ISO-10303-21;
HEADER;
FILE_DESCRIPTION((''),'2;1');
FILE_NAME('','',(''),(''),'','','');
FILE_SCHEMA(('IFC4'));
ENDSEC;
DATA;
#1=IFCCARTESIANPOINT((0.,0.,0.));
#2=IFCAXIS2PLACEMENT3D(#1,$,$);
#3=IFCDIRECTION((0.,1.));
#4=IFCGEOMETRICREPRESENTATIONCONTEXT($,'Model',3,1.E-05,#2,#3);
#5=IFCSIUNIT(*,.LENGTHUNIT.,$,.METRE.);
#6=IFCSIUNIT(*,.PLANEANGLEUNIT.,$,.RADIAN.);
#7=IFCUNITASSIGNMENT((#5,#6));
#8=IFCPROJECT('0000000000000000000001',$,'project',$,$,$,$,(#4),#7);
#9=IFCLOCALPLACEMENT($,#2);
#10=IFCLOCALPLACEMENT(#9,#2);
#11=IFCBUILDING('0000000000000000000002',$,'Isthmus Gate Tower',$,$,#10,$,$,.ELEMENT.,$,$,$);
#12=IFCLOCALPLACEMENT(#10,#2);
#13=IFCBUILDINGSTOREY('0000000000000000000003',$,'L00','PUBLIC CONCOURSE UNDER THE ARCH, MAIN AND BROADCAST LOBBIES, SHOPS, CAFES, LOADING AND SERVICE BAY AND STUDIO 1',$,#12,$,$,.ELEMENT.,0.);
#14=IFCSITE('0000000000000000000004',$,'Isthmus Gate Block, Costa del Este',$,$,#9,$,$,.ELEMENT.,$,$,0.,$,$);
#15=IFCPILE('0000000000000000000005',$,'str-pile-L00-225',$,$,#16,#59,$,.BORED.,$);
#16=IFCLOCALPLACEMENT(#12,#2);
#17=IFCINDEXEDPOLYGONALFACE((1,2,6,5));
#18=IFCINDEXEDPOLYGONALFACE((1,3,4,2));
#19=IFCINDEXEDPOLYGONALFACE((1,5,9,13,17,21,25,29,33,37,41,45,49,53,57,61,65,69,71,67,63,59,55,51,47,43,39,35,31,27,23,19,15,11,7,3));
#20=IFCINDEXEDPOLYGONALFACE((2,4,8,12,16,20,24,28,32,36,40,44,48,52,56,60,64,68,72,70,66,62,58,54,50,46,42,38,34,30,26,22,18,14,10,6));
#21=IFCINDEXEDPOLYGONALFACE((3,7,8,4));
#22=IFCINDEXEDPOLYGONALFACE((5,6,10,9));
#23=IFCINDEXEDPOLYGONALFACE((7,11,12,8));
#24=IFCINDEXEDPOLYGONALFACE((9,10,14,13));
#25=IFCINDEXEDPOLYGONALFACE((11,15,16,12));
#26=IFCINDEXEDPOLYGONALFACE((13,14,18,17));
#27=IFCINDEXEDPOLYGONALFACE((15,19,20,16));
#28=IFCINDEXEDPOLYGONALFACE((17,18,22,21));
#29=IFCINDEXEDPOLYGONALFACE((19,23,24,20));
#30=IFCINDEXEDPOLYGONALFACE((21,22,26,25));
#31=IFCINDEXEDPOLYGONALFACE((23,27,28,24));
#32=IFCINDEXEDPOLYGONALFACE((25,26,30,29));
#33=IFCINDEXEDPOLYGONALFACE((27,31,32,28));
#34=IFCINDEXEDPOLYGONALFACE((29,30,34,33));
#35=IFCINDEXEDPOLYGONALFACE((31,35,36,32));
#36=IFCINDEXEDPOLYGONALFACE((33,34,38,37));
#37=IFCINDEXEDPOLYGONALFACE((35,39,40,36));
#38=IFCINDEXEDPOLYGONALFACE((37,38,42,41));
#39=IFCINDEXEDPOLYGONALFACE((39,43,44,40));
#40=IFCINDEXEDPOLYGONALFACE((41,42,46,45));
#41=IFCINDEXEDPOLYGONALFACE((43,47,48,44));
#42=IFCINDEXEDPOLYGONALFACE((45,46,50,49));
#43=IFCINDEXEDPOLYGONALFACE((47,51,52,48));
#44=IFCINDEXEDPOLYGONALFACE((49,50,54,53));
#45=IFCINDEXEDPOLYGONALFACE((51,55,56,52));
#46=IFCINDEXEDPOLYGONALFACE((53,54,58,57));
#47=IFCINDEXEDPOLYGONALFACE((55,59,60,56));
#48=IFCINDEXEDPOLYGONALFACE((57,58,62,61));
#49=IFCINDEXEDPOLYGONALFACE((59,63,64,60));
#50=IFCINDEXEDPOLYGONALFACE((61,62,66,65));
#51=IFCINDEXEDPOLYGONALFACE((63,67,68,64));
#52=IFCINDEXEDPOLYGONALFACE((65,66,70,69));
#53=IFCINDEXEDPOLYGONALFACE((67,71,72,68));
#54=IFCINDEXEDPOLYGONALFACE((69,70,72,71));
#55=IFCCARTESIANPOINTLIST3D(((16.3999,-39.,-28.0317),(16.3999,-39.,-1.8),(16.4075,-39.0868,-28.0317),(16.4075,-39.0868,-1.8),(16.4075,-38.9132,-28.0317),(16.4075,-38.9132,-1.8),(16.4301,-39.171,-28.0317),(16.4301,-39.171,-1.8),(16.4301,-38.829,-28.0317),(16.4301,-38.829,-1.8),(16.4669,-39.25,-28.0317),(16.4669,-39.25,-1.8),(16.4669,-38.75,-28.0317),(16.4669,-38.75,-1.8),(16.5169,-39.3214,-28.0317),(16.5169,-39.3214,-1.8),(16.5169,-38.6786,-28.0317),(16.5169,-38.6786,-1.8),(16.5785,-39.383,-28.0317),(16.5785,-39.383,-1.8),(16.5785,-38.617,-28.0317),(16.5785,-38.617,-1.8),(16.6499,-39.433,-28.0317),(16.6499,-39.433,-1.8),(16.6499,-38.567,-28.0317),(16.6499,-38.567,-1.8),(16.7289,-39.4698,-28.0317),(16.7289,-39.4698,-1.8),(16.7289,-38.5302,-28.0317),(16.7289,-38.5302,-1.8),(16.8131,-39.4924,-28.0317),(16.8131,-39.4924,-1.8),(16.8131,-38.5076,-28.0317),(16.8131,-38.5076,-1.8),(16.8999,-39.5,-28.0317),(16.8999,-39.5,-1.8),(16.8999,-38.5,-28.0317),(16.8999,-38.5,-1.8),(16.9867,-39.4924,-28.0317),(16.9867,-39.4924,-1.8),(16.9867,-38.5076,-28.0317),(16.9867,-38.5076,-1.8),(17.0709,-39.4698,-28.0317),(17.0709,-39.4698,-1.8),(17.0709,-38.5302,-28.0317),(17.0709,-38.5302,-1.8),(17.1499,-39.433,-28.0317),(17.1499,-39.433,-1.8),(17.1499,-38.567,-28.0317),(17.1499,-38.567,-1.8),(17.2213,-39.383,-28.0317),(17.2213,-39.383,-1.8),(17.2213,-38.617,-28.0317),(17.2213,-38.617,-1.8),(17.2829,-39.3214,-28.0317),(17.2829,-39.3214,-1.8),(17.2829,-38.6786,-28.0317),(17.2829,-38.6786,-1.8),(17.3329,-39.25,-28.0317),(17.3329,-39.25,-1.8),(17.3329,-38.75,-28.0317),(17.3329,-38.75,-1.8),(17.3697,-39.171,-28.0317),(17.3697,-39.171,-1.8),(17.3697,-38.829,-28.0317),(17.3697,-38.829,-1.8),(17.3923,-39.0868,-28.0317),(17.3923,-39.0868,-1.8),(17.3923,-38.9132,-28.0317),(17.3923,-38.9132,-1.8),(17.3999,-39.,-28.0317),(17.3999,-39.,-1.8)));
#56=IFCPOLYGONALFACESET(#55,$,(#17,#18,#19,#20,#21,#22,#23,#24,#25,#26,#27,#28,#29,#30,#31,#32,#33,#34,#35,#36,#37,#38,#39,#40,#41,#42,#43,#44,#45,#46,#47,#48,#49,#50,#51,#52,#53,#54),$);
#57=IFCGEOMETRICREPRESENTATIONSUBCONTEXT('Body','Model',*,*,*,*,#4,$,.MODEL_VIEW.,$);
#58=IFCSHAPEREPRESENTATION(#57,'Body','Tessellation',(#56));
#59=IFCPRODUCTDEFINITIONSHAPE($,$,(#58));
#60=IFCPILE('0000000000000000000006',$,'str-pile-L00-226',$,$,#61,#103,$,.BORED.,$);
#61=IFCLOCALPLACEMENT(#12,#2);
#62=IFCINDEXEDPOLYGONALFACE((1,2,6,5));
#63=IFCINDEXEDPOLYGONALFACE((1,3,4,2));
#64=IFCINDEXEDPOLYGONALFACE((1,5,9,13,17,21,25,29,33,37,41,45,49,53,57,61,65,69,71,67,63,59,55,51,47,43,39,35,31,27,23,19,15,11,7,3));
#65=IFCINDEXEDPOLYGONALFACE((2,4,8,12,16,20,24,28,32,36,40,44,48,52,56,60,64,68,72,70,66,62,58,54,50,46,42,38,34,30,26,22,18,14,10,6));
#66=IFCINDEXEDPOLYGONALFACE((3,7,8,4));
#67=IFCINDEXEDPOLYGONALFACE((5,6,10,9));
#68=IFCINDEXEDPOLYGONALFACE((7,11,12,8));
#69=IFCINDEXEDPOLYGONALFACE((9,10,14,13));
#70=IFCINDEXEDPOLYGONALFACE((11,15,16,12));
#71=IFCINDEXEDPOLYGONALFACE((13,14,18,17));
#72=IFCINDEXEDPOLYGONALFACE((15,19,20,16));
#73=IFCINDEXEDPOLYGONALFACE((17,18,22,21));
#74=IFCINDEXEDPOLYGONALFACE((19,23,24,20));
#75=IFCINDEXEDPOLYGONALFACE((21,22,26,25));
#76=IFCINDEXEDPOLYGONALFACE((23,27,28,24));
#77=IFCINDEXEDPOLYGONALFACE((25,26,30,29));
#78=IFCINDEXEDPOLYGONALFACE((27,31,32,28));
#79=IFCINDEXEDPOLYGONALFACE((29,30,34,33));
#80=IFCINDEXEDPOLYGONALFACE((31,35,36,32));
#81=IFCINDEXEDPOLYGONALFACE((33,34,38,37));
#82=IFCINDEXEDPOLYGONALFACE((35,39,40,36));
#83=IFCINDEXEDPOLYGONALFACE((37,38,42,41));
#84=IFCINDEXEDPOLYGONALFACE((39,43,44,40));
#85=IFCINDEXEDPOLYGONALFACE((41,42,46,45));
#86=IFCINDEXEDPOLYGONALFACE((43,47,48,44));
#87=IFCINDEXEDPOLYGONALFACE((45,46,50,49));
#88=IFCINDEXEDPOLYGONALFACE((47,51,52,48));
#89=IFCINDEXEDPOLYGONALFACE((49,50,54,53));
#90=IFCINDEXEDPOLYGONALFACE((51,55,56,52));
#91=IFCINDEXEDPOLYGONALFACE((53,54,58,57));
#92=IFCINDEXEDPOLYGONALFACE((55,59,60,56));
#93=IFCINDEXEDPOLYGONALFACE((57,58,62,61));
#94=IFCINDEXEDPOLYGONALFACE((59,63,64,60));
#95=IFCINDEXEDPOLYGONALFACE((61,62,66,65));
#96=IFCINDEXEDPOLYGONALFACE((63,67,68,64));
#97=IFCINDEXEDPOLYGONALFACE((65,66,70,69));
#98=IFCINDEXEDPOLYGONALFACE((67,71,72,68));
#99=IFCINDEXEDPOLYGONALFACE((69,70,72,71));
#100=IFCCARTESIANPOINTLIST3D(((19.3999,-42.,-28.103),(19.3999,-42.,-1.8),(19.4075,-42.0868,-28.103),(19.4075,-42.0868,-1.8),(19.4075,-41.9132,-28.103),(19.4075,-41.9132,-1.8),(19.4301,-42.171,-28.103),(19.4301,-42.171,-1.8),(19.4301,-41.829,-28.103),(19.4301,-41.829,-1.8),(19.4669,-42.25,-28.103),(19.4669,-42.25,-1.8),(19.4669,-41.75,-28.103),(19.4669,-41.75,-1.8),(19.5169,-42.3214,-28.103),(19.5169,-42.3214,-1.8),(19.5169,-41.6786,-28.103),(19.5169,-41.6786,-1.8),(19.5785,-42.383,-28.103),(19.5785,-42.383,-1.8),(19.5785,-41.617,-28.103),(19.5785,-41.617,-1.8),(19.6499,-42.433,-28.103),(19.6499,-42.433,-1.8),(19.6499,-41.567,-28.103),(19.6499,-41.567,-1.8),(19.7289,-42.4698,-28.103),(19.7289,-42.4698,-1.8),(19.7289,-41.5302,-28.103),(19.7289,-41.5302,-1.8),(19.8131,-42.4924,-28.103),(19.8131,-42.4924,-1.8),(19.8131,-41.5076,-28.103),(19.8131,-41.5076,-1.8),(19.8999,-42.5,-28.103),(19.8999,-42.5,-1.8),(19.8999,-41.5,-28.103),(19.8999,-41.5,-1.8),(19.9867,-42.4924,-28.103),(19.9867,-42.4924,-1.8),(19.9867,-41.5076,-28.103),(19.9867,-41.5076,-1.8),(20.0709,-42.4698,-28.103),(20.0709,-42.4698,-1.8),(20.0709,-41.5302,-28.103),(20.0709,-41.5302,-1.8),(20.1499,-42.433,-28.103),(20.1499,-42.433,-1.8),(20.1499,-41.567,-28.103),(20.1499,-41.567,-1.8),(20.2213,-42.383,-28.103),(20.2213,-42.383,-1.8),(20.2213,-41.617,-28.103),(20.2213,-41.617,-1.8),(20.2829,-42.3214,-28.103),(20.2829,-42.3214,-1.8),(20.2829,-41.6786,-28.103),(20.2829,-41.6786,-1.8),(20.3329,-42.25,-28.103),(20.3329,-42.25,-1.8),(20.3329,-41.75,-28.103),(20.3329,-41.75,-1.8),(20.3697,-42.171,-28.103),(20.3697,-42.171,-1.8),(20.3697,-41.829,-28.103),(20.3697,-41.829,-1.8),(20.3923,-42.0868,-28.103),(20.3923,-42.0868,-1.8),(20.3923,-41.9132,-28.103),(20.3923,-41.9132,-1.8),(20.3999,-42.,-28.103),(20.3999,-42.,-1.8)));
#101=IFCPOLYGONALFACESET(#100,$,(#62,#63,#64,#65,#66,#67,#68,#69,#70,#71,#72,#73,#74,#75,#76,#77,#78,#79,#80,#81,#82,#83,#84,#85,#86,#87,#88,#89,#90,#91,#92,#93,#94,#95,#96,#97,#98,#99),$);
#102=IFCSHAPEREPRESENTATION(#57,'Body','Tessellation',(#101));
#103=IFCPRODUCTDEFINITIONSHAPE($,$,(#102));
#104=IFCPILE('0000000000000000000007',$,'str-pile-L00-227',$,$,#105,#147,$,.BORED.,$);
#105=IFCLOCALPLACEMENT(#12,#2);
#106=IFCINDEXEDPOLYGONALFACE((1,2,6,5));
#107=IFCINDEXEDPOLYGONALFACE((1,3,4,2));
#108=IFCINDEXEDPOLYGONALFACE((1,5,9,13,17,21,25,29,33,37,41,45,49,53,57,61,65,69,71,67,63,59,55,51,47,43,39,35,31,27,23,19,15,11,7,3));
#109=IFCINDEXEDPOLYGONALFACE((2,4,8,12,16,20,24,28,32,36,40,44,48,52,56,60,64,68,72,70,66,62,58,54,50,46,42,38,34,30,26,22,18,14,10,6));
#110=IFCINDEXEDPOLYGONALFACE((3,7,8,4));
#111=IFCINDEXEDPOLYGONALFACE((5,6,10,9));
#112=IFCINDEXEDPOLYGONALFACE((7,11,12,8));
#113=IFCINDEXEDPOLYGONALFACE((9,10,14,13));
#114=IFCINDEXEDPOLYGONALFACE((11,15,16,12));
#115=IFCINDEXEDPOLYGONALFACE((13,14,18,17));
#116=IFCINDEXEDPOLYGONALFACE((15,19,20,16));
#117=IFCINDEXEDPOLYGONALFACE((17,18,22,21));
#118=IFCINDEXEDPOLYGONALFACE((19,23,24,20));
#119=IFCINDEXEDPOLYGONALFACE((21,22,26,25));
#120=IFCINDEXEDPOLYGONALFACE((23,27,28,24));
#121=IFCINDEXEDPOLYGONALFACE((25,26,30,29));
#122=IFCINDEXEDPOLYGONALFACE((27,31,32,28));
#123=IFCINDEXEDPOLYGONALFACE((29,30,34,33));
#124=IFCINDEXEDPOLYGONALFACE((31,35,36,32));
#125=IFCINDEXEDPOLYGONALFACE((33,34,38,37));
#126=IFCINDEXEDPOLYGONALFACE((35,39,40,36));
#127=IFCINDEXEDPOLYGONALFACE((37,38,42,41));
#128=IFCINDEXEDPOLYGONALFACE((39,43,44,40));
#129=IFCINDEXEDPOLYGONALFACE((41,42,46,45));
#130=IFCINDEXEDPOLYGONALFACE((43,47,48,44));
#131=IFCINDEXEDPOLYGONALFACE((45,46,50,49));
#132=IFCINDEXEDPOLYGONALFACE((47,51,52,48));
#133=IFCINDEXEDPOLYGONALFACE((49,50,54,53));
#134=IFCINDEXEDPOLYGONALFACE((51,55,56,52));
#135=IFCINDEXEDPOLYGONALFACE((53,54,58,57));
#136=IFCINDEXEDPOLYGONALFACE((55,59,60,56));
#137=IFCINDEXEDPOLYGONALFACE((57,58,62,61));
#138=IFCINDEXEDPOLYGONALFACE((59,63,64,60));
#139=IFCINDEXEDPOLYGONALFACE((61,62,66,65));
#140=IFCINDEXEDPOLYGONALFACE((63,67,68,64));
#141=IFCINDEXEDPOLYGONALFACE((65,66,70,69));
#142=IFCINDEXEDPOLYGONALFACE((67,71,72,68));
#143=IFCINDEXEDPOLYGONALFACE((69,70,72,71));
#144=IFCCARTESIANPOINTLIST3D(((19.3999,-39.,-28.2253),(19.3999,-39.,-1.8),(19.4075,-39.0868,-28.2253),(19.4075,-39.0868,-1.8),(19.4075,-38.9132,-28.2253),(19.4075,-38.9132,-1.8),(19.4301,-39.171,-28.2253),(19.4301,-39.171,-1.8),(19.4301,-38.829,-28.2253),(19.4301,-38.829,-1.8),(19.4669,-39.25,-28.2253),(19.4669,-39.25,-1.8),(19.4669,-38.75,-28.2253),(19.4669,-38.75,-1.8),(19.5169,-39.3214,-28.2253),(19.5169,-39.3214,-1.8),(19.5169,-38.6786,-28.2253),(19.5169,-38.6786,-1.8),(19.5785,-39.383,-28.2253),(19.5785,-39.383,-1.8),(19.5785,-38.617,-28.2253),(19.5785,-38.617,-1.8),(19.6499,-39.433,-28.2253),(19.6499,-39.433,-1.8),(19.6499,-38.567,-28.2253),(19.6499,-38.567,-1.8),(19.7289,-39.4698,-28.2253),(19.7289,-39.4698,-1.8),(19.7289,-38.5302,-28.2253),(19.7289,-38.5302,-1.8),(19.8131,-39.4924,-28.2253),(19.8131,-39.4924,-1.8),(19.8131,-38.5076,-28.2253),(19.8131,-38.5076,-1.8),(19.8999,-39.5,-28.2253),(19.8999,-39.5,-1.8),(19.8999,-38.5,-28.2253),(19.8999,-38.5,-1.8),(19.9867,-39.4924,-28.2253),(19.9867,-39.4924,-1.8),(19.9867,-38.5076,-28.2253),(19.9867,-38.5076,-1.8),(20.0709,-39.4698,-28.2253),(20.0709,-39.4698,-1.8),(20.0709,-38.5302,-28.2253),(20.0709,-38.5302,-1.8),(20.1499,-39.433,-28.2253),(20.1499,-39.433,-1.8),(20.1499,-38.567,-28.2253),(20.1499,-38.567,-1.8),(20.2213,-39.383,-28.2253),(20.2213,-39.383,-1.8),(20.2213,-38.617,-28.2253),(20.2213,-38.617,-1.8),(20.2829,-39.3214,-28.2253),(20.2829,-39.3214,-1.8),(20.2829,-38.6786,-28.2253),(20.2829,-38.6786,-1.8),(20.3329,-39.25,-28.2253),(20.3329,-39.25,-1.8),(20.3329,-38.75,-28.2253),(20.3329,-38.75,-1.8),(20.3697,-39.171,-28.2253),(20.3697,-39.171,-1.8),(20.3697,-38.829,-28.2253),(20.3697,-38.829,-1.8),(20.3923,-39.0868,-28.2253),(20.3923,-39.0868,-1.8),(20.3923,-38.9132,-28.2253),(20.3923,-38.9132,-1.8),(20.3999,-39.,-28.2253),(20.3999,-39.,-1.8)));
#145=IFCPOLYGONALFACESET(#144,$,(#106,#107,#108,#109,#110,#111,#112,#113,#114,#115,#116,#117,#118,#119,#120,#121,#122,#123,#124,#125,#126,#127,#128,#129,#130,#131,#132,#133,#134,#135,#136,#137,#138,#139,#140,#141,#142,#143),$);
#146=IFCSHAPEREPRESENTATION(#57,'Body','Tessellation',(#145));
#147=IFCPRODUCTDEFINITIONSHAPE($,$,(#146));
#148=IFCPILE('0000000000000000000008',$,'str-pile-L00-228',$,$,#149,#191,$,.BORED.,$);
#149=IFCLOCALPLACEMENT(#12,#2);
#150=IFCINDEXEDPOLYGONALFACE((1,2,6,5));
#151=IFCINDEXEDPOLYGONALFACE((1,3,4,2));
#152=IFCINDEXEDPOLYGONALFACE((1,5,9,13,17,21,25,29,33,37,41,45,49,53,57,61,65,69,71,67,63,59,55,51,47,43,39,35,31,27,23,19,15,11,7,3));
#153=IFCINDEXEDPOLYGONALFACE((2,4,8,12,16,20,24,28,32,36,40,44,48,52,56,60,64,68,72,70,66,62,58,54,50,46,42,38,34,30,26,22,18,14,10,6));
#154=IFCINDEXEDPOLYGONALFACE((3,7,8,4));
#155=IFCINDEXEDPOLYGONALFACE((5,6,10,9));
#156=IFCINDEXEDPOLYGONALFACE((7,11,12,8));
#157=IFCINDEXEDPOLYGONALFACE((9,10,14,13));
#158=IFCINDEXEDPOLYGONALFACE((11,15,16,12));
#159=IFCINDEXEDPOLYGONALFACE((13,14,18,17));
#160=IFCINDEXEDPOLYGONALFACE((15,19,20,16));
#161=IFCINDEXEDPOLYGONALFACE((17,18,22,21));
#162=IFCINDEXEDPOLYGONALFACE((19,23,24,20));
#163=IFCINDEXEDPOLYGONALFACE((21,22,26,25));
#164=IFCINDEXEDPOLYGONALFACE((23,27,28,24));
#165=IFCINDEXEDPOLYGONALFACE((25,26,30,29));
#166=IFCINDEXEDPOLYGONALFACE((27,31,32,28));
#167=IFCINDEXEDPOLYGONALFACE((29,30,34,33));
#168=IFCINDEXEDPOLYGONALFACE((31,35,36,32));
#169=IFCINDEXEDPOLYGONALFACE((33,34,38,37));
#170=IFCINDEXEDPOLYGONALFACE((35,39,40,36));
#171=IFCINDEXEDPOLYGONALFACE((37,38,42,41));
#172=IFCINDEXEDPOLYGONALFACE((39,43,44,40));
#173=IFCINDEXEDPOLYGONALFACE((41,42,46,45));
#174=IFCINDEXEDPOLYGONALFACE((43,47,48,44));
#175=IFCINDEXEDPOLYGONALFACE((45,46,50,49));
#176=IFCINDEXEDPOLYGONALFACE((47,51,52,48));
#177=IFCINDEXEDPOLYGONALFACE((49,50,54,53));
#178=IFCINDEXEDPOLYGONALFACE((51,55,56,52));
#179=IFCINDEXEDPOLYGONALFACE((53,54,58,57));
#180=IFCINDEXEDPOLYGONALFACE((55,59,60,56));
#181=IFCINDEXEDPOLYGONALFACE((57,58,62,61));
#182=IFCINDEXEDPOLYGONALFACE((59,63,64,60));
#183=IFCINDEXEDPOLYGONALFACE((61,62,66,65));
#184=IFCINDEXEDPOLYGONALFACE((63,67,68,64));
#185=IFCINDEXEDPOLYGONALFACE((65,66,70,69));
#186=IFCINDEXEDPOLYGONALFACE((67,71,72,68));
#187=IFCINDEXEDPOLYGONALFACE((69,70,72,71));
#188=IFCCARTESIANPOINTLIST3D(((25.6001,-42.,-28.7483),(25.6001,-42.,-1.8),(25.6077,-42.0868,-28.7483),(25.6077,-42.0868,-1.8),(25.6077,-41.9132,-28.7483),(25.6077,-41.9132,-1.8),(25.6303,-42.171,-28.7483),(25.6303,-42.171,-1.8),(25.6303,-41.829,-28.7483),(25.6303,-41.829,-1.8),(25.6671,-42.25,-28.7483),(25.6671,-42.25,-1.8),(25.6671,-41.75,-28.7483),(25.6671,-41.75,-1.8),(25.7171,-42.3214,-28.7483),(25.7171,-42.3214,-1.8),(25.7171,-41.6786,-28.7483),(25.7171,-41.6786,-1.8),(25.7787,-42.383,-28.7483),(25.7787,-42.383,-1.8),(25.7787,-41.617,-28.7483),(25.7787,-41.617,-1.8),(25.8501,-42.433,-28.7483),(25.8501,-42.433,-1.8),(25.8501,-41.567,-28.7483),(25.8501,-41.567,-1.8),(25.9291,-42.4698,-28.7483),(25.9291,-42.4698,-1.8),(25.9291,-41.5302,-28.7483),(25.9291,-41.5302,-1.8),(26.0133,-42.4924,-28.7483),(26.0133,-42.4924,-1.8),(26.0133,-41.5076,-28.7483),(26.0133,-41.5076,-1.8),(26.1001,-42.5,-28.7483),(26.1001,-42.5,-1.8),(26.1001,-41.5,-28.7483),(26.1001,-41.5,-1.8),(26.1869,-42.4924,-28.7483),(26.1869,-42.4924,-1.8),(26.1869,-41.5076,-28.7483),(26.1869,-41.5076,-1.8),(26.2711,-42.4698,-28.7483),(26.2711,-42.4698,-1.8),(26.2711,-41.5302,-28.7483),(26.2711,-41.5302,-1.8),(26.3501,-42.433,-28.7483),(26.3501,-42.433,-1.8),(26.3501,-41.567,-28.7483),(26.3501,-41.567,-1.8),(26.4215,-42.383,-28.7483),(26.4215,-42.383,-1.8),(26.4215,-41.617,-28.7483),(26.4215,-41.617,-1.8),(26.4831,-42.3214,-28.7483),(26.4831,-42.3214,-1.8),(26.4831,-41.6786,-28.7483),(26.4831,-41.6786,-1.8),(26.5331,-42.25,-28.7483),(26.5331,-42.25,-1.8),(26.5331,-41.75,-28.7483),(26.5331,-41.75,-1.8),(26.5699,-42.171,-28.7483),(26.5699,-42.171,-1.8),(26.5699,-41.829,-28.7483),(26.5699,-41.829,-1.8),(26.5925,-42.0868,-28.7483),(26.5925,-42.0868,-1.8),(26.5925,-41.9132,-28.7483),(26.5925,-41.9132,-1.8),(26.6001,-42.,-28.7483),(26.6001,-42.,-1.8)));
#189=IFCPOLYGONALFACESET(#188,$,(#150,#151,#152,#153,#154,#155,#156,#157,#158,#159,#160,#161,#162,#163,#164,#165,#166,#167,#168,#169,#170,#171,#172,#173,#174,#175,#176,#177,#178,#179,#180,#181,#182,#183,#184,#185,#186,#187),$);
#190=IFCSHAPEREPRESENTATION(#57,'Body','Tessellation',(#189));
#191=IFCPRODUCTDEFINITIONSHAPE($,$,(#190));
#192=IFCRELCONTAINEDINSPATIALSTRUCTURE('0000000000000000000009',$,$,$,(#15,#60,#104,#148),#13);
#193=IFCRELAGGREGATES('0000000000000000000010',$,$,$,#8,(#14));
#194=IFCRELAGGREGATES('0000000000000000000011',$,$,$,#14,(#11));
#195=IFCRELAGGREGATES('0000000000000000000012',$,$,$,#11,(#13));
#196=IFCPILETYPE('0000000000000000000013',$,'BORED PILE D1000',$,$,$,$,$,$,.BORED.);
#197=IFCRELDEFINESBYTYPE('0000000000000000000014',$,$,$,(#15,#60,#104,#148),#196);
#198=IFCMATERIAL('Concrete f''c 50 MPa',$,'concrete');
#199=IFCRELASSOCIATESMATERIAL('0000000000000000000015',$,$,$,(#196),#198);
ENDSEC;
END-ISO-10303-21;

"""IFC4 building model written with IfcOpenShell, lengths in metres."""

from ifc_helpers import new_model, si_unit, direction, frame, origin, origin_2d, place, context, subcontext, project, spatial, circle, extrude, material, material_profile, profile_set, type_object, element, save


model = new_model("IFC4")

# Units and contexts
model_context = context("Model", 3, precision=1e-05, world=origin(), true_north=direction((0.0, 1.0)))
body_context = subcontext(model_context, "Body", "Model", "MODEL_VIEW")
ifc_project = project(units=[si_unit("LENGTHUNIT", "METRE"), si_unit("PLANEANGLEUNIT", "RADIAN")], contexts=[model_context])

# Site, building, storey
site_placement = place(None, origin())
site = spatial("IfcSite", under=ifc_project, at=site_placement, Name="Isthmus Gate Block, Costa del Este", CompositionType="ELEMENT", RefElevation=0.0)
building_placement = place(site_placement, origin())
building = spatial("IfcBuilding", under=site, at=building_placement, Name="Isthmus Gate Tower", CompositionType="ELEMENT")
storey_placement = place(building_placement, origin())
storey = spatial("IfcBuildingStorey", under=building, at=storey_placement, Name="L00", Description="PUBLIC CONCOURSE UNDER THE ARCH, MAIN AND BROADCAST LOBBIES, SHOPS, CAFES, LOADING AND SERVICE BAY AND STUDIO 1", CompositionType="ELEMENT", Elevation=0.0)

# Piles
ifc_material_1 = material(Name="Concrete f'c 50 MPa", Category="concrete")
ifc_material_profile_1 = material_profile(ifc_material_1, circle(Radius=0.5, at=origin_2d()), Name="D1000")
ifc_profile_set_1 = profile_set([ifc_material_profile_1], Name="Concrete f'c 50 MPa")
pile_type = type_object("IfcPileType", Name="BORED PILE D1000", PredefinedType="BORED", material=ifc_profile_set_1)
pile_1_placement = place(storey_placement, frame((16.8999, -39.0, -1.8), z_axis=(0.0, 0.0, -1.0), x_axis=(1.0, 0.0, 0.0)))
element("IfcPile", 1, at=pile_1_placement, inside=storey, type_object=pile_type, Name="str-pile-L00-225", PredefinedType="BORED", context=body_context, shape_type="SweptSolid", body=[
    extrude(circle(Radius=0.5, at=origin_2d()), origin(), (0.0, 0.0, 1.0), 26.2317),
])
pile_2_placement = place(storey_placement, frame((19.8999, -42.0, -1.8), z_axis=(0.0, 0.0, -1.0), x_axis=(1.0, 0.0, 0.0)))
element("IfcPile", 2, at=pile_2_placement, inside=storey, type_object=pile_type, Name="str-pile-L00-226", PredefinedType="BORED", context=body_context, shape_type="SweptSolid", body=[
    extrude(circle(Radius=0.5, at=origin_2d()), origin(), (0.0, 0.0, 1.0), 26.303),
])
pile_3_placement = place(storey_placement, frame((19.8999, -39.0, -1.8), z_axis=(0.0, 0.0, -1.0), x_axis=(1.0, 0.0, 0.0)))
element("IfcPile", 3, at=pile_3_placement, inside=storey, type_object=pile_type, Name="str-pile-L00-227", PredefinedType="BORED", context=body_context, shape_type="SweptSolid", body=[
    extrude(circle(Radius=0.5, at=origin_2d()), origin(), (0.0, 0.0, 1.0), 26.4253),
])
pile_4_placement = place(storey_placement, frame((26.1001, -42.0, -1.8), z_axis=(0.0, 0.0, -1.0), x_axis=(1.0, 0.0, 0.0)))
element("IfcPile", 4, at=pile_4_placement, inside=storey, type_object=pile_type, Name="str-pile-L00-228", PredefinedType="BORED", context=body_context, shape_type="SweptSolid", body=[
    extrude(circle(Radius=0.5, at=origin_2d()), origin(), (0.0, 0.0, 1.0), 26.9482),
])

save(model, "model.ifc")
